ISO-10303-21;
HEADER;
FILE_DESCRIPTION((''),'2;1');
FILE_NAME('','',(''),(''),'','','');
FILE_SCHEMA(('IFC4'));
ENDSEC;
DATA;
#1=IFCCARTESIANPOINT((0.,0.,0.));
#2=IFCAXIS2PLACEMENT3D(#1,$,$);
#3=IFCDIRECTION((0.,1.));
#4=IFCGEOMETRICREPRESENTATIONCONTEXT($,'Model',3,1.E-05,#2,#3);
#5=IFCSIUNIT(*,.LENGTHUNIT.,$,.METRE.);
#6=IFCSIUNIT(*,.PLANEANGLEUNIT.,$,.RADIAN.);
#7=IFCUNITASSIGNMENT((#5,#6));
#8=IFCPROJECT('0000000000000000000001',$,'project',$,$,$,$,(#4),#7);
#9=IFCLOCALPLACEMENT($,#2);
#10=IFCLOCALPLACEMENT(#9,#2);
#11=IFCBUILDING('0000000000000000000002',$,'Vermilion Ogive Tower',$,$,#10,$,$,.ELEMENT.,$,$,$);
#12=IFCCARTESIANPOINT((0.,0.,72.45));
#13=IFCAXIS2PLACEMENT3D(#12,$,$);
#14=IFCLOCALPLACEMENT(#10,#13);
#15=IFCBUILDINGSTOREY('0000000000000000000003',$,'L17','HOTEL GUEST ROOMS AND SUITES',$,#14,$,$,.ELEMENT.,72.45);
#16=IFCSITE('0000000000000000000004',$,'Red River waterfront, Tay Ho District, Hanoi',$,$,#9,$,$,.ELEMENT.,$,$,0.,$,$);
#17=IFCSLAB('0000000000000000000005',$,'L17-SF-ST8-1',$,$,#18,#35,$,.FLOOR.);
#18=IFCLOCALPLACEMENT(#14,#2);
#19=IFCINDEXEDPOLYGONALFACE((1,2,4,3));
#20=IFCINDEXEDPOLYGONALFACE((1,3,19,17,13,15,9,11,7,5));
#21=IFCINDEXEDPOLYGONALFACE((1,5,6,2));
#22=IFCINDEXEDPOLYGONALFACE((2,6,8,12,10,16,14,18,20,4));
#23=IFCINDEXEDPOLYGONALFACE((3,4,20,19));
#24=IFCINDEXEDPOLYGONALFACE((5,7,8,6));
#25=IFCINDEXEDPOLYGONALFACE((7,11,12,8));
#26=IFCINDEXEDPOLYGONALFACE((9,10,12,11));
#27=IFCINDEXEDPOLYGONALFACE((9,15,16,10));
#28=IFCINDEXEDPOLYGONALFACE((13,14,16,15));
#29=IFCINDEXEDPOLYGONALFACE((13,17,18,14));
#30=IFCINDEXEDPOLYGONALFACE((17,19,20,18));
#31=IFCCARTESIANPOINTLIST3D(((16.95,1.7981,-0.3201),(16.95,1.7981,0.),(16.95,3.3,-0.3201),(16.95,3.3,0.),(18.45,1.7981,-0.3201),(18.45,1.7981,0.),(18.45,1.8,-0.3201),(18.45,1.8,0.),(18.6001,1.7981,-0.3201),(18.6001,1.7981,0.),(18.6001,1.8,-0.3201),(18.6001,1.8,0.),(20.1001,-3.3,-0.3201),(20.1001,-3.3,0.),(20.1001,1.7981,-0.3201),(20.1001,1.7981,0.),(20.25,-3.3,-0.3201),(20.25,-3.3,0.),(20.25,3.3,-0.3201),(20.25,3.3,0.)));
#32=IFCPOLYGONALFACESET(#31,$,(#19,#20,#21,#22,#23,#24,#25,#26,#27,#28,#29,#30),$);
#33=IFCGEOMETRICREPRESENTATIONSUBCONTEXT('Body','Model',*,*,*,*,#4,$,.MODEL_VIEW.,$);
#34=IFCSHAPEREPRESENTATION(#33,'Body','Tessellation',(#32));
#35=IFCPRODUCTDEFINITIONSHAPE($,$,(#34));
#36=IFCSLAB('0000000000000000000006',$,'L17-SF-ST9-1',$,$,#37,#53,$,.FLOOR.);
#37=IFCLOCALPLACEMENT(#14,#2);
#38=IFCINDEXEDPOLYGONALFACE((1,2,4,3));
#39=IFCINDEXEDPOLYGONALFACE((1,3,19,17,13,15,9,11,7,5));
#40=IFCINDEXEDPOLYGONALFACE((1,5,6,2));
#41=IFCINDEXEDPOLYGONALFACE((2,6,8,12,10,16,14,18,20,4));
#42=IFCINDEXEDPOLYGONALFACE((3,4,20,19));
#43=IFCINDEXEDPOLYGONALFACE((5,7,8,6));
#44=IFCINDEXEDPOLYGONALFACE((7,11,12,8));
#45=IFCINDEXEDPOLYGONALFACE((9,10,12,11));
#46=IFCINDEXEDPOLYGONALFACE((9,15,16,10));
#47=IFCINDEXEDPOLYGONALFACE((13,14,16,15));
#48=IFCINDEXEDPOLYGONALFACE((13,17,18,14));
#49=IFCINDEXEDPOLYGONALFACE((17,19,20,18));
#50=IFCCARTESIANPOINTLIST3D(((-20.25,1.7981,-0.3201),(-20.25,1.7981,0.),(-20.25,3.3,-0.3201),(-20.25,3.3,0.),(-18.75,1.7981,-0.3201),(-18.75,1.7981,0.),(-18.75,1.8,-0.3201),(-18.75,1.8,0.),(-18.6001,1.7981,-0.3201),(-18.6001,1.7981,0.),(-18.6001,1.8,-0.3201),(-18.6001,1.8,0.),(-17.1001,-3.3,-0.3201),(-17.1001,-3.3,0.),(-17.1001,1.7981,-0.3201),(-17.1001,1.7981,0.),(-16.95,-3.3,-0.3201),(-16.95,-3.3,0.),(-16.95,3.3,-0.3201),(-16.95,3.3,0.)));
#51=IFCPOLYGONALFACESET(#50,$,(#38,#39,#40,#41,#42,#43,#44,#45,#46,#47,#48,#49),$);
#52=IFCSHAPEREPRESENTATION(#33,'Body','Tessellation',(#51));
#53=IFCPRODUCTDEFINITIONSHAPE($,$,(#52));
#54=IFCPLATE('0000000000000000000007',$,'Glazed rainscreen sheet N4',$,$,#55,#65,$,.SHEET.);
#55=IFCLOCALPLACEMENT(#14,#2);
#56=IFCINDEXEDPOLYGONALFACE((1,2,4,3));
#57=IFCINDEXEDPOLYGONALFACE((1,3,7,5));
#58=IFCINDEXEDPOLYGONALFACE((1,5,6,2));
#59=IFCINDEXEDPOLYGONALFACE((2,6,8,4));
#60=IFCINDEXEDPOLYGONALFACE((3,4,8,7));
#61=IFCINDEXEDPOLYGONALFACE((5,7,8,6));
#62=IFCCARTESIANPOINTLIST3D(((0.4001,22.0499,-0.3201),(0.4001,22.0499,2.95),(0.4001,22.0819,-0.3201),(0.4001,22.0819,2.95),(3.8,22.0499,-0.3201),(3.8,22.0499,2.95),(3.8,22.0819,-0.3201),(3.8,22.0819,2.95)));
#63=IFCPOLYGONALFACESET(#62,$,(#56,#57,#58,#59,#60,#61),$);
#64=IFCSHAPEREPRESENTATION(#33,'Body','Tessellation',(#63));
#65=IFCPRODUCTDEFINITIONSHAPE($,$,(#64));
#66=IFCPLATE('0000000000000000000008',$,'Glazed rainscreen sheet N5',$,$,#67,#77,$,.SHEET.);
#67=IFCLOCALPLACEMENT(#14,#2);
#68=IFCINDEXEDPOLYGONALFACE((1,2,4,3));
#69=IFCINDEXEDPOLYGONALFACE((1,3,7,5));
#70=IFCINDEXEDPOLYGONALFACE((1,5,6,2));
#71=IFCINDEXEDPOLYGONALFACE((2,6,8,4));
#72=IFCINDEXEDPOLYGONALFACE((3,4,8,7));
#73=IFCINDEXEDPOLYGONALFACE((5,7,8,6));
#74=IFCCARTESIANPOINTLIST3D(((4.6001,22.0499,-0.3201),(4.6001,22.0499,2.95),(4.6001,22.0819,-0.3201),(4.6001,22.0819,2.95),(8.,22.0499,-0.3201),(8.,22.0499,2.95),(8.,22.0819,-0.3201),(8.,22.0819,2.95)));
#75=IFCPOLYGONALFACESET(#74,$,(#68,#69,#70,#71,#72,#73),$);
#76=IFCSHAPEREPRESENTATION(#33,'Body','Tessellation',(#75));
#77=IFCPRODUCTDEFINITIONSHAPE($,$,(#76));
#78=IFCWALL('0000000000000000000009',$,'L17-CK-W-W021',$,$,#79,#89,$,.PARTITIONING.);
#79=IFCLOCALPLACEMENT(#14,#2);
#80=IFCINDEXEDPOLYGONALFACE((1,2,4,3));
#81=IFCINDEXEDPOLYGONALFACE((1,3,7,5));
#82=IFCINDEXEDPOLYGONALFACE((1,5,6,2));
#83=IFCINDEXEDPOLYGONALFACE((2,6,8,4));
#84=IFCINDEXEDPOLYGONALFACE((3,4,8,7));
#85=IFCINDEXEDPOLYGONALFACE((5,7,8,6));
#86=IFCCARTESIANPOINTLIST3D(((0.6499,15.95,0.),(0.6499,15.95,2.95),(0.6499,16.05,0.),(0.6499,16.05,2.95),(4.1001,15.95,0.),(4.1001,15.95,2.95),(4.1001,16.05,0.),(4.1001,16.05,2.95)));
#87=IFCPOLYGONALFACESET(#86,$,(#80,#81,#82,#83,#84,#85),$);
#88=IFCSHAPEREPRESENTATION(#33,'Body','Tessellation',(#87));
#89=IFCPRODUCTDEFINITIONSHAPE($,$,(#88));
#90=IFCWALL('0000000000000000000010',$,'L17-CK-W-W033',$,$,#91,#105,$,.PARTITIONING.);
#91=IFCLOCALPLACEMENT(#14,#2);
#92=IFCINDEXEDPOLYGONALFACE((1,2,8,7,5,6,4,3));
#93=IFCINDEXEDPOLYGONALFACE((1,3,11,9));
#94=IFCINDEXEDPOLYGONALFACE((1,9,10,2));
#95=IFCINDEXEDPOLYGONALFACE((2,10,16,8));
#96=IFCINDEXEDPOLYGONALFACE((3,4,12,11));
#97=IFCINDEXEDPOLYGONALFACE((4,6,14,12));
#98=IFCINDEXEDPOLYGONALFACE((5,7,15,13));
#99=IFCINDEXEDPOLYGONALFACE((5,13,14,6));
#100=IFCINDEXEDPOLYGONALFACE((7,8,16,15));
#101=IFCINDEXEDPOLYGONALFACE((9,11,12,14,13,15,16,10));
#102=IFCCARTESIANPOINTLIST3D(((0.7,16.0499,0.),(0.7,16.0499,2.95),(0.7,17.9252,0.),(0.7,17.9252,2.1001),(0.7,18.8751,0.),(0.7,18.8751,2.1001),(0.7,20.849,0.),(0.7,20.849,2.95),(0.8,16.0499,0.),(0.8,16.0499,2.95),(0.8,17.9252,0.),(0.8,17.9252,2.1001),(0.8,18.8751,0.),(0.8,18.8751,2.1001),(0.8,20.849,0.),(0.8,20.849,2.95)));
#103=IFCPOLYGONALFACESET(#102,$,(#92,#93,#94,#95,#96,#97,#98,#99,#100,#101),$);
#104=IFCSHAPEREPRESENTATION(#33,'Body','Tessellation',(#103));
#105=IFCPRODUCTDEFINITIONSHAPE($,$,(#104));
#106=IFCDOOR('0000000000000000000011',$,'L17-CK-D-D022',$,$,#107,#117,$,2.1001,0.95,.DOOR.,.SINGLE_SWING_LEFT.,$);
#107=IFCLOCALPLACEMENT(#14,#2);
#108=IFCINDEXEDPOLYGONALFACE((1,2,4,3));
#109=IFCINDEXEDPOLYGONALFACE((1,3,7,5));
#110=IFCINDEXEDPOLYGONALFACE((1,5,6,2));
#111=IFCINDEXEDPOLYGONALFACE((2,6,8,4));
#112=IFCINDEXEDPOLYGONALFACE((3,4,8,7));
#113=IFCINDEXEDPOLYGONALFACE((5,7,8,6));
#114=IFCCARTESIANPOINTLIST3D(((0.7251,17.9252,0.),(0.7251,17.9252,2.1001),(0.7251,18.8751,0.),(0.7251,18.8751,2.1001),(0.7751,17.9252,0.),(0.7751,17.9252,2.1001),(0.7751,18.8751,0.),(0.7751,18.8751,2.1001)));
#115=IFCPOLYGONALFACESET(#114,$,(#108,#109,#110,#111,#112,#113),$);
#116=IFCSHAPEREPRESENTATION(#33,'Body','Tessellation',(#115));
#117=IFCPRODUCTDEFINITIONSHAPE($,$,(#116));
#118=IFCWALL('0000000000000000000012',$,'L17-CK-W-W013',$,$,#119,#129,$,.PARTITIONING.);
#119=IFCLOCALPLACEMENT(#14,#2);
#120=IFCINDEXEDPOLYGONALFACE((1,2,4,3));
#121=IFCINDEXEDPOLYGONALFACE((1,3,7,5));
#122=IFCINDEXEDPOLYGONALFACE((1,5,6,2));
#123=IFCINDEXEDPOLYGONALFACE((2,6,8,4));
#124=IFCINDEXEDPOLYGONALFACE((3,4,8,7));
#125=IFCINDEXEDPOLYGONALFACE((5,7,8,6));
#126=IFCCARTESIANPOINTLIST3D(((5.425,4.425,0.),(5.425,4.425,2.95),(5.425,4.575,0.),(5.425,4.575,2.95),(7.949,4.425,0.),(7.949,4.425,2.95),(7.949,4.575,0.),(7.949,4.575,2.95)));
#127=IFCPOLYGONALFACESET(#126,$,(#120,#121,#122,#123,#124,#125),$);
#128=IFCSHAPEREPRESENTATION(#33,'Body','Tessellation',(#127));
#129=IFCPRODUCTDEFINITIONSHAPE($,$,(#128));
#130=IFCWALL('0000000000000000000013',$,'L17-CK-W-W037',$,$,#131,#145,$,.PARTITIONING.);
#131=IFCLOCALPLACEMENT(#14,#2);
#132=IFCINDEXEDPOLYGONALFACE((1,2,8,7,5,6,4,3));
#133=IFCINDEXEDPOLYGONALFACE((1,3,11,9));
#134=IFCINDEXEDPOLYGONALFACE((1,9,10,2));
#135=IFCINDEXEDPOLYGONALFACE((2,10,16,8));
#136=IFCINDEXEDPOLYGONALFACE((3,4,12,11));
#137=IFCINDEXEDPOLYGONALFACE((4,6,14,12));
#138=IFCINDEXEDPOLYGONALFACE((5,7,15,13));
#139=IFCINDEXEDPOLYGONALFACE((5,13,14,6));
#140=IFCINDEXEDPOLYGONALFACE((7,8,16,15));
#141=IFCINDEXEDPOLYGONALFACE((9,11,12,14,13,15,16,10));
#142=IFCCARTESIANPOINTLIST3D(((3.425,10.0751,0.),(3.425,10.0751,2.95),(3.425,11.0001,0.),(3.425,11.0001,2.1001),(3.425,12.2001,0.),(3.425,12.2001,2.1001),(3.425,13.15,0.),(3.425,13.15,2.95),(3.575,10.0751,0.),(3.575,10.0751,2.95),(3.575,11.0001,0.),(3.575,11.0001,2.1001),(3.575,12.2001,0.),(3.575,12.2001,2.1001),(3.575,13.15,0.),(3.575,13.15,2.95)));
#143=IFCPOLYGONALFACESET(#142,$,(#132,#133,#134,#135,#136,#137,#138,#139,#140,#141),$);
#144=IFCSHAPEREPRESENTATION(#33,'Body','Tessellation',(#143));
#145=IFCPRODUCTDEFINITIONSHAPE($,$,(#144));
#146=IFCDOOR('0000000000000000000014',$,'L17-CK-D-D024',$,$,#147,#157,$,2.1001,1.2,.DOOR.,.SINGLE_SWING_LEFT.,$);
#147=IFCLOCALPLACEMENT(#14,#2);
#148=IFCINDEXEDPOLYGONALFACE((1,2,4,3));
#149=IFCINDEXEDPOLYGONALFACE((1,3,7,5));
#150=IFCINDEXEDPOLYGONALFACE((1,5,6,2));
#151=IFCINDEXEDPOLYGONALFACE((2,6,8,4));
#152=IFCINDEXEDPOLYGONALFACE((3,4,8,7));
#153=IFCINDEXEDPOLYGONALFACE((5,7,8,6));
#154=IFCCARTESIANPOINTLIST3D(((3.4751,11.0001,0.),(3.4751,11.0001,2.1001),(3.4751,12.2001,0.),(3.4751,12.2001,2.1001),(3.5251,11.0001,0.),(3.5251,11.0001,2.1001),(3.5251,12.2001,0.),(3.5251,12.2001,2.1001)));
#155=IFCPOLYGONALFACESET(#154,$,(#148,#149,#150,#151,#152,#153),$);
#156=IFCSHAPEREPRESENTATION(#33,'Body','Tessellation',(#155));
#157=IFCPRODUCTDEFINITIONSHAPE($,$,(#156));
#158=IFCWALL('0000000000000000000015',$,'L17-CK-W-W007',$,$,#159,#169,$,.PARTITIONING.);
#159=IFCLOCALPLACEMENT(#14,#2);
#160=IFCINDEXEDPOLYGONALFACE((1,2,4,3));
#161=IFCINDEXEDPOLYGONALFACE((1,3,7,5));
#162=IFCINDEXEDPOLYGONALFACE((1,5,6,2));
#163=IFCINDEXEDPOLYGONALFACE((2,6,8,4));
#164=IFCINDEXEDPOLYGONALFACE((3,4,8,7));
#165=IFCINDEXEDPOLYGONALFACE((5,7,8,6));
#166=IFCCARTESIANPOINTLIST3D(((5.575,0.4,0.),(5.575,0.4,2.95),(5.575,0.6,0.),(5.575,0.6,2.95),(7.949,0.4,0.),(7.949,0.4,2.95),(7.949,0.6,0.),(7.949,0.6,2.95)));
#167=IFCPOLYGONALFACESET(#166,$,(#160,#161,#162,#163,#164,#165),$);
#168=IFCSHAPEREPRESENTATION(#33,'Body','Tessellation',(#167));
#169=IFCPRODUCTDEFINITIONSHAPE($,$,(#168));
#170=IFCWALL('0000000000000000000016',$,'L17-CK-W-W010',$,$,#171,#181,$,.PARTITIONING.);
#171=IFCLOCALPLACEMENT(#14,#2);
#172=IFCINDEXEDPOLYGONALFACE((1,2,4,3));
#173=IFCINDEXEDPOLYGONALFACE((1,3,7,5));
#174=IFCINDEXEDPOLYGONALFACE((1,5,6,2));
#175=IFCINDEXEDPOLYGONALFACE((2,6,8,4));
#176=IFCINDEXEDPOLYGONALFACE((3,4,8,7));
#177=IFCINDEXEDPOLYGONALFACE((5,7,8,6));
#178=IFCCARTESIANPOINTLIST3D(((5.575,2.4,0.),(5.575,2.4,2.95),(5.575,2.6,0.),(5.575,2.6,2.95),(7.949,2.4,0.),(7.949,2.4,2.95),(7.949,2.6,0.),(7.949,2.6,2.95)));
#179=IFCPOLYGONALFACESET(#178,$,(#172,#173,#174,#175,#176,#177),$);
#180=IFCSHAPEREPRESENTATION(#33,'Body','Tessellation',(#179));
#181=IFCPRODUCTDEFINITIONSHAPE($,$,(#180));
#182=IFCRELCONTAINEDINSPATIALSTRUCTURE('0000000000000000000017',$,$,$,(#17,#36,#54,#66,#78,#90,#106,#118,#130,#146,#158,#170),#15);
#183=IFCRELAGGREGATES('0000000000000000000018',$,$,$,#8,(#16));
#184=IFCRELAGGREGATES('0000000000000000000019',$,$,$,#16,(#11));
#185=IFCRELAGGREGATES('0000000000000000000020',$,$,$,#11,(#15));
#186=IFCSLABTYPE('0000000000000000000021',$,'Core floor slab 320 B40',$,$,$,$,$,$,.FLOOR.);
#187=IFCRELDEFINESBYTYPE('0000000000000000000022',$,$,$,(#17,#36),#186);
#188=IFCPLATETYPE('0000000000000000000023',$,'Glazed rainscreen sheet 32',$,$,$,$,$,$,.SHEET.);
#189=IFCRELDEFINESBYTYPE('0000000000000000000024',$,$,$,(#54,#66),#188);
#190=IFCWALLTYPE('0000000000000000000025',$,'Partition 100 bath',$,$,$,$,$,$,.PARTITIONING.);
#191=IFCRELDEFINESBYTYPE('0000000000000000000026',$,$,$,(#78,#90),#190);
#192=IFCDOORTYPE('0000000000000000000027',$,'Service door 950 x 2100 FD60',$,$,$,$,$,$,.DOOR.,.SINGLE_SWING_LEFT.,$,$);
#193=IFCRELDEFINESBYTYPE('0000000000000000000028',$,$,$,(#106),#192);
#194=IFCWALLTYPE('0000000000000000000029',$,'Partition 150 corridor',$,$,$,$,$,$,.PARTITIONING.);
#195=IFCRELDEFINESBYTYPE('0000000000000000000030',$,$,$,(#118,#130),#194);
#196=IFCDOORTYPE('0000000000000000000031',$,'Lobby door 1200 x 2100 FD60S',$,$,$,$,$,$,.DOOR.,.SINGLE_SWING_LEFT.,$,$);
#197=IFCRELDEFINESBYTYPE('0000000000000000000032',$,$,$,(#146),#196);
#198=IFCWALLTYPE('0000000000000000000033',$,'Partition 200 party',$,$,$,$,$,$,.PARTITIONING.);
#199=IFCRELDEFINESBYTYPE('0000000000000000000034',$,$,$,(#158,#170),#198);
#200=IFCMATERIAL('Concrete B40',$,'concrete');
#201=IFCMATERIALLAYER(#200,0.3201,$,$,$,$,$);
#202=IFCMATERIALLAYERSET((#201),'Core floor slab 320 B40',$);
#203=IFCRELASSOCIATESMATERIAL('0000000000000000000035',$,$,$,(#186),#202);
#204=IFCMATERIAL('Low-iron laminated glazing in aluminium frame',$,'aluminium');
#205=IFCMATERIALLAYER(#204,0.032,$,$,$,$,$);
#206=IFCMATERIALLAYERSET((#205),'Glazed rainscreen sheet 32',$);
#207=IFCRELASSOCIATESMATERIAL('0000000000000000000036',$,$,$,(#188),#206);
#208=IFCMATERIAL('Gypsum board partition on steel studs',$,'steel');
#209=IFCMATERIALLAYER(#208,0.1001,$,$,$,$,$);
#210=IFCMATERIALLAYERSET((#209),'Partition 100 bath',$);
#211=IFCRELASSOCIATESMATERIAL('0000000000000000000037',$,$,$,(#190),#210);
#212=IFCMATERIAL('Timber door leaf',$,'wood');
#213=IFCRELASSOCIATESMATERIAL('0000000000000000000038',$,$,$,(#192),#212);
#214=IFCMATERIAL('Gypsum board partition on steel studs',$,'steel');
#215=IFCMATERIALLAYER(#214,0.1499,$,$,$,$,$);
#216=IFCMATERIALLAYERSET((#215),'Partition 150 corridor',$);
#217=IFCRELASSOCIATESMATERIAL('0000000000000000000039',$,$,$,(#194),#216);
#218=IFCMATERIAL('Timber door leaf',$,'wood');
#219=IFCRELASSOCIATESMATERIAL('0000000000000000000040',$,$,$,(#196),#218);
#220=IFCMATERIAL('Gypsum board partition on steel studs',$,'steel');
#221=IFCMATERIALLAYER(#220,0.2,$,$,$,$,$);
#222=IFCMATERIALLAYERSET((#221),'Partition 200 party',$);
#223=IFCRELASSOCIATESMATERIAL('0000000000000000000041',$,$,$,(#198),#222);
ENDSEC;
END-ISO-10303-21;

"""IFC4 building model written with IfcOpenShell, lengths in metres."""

from ifc_helpers import new_model, si_unit, direction, frame, frame_2d, origin, origin_2d, place, context, subcontext, project, spatial, polyline, rectangle, outline, extrude, material, layer, layer_set, type_object, element, fill, save


model = new_model("IFC4")

# Units and contexts
model_context = context("Model", 3, precision=1e-05, world=origin(), true_north=direction((0.0, 1.0)))
body_context = subcontext(model_context, "Body", "Model", "MODEL_VIEW")
ifc_project = project(units=[si_unit("LENGTHUNIT", "METRE"), si_unit("PLANEANGLEUNIT", "RADIAN")], contexts=[model_context])

# Site, building, storey
site_placement = place(None, origin())
site = spatial("IfcSite", under=ifc_project, at=site_placement, Name="Red River waterfront, Tay Ho District, Hanoi", CompositionType="ELEMENT", RefElevation=0.0)
building_placement = place(site_placement, origin())
building = spatial("IfcBuilding", under=site, at=building_placement, Name="Vermilion Ogive Tower", CompositionType="ELEMENT")
storey_placement = place(building_placement, frame((0.0, 0.0, 72.45)))
storey = spatial("IfcBuildingStorey", under=building, at=storey_placement, Name="L17", Description="HOTEL GUEST ROOMS AND SUITES", CompositionType="ELEMENT", Elevation=72.45)

# Slabs
ifc_material_1 = material(Name="Concrete B40", Category="concrete")
ifc_layer_1 = layer(ifc_material_1, 0.3201)
ifc_layer_set_1 = layer_set([ifc_layer_1], Name="Core floor slab 320 B40")
slab_type = type_object("IfcSlabType", Name="Core floor slab 320 B40", PredefinedType="FLOOR", material=ifc_layer_set_1)
slab_1_placement = place(storey_placement, frame((0.0, 0.0, -0.3201)))
element("IfcSlab", 1, at=slab_1_placement, inside=storey, type_object=slab_type, Name="L17-SF-ST8-1", PredefinedType="FLOOR", context=body_context, shape_type="SweptSolid", body=[
    extrude(outline(polyline([(16.95, 3.3), (16.95, 1.7981), (18.45, 1.7981), (18.45, 1.8), (18.6001, 1.8), (18.6001, 1.7981), (20.1001, 1.7981), (20.1001, -3.3), (20.25, -3.3), (20.25, 3.3), (16.95, 3.3)])), origin(), (0.0, 0.0, 1.0), 0.3201),
])
slab_2_placement = place(storey_placement, frame((0.0, 0.0, -0.3201)))
element("IfcSlab", 2, at=slab_2_placement, inside=storey, type_object=slab_type, Name="L17-SF-ST9-1", PredefinedType="FLOOR", context=body_context, shape_type="SweptSolid", body=[
    extrude(outline(polyline([(-20.25, 3.3), (-20.25, 1.7981), (-18.75, 1.7981), (-18.75, 1.8), (-18.6001, 1.8), (-18.6001, 1.7981), (-17.1001, 1.7981), (-17.1001, -3.3), (-16.95, -3.3), (-16.95, 3.3), (-20.25, 3.3)])), origin(), (0.0, 0.0, 1.0), 0.3201),
])

# Plates
ifc_material_2 = material(Name="Low-iron laminated glazing in aluminium frame", Category="aluminium")
ifc_layer_2 = layer(ifc_material_2, 0.032)
ifc_layer_set_2 = layer_set([ifc_layer_2], Name="Glazed rainscreen sheet 32")
plate_type = type_object("IfcPlateType", Name="Glazed rainscreen sheet 32", PredefinedType="SHEET", material=ifc_layer_set_2)
for number, where, z_axis, x_axis, name in (
    (3, (2.1001, 22.0659, -0.3201), (0.0, 0.0, 1.0), (1.0, 0.0, 0.0), "Glazed rainscreen sheet N4"),
    (4, (6.3, 22.0659, -0.3201), (0.0, 0.0, 1.0), (1.0, 0.0, 0.0), "Glazed rainscreen sheet N5"),
):
    element("IfcPlate", number, at=place(storey_placement, frame(where, z_axis=z_axis, x_axis=x_axis)), inside=storey, type_object=plate_type, Name=name, PredefinedType="SHEET", context=body_context, shape_type="SweptSolid", body=[
        extrude(rectangle(XDim=3.3999, YDim=0.032, at=origin_2d()), origin(), (0.0, 0.0, 1.0), 3.27),
    ])

# Wall
ifc_material_3 = material(Name="Gypsum board partition on steel studs", Category="steel")
ifc_layer_3 = layer(ifc_material_3, 0.1001)
ifc_layer_set_3 = layer_set([ifc_layer_3], Name="Partition 100 bath")
wall_type_1 = type_object("IfcWallType", Name="Partition 100 bath", PredefinedType="PARTITIONING", material=ifc_layer_set_3)
wall_1_placement = place(storey_placement, frame((0.6499, 16.0, 0.0), z_axis=(0.0, 0.0, 1.0), x_axis=(1.0, 0.0, 0.0)))
element("IfcWall", 5, at=wall_1_placement, inside=storey, type_object=wall_type_1, Name="L17-CK-W-W021", PredefinedType="PARTITIONING", context=body_context, shape_type="SweptSolid", body=[
    extrude(rectangle(XDim=3.4502, YDim=0.1001, at=frame_2d((1.7251, 0.0))), origin(), (0.0, 0.0, 1.0), 2.95),
])

# Wall, opening, door
wall_2_placement = place(storey_placement, frame((0.75, 16.05, 0.0), z_axis=(0.0, 0.0, 1.0), x_axis=(0.0, 1.0, 0.0)))
wall_2 = element("IfcWall", 6, at=wall_2_placement, inside=storey, type_object=wall_type_1, Name="L17-CK-W-W033", PredefinedType="PARTITIONING", context=body_context, shape_type="SweptSolid", body=[
    extrude(rectangle(XDim=4.7991, YDim=0.1001, at=frame_2d((2.3994, 0.0))), origin(), (0.0, 0.0, 1.0), 2.95),
])
opening_1_placement = place(wall_2_placement, frame((1.875, 0.0, 0.0)))
opening_1 = element("IfcOpeningElement", 7, at=opening_1_placement, cuts=wall_2, PredefinedType="OPENING", context=body_context, shape_type="SweptSolid", body=[
    extrude(rectangle(XDim=0.95, YDim=2.1001, at=frame_2d((0.4751, 1.05))), frame((0.0, 0.0601, 0.0), z_axis=(0.0, -1.0, 0.0), x_axis=(1.0, 0.0, 0.0)), (0.0, 0.0, 1.0), 0.1201),
])
ifc_material_4 = material(Name="Timber door leaf", Category="wood")
door_type_1 = type_object("IfcDoorType", Name="Service door 950 x 2100 FD60", OperationType="SINGLE_SWING_LEFT", PredefinedType="DOOR", material=ifc_material_4)
door_1_placement = place(opening_1_placement, origin())
door_1 = element("IfcDoor", 8, at=door_1_placement, inside=storey, type_object=door_type_1, Name="L17-CK-D-D022", OperationType="SINGLE_SWING_LEFT", OverallHeight=2.1001, OverallWidth=0.95, PredefinedType="DOOR", context=body_context, shape_type="SweptSolid", body=[
    extrude(rectangle(XDim=0.95, YDim=2.1001, at=frame_2d((0.4751, 1.05))), frame((0.0, 0.0249, 0.0), z_axis=(0.0, -1.0, 0.0), x_axis=(1.0, 0.0, 0.0)), (0.0, 0.0, 1.0), 0.05),
])
fill(opening_1, door_1)

# Wall
ifc_material_5 = material(Name="Gypsum board partition on steel studs", Category="steel")
ifc_layer_4 = layer(ifc_material_5, 0.1499)
ifc_layer_set_4 = layer_set([ifc_layer_4], Name="Partition 150 corridor")
wall_type_2 = type_object("IfcWallType", Name="Partition 150 corridor", PredefinedType="PARTITIONING", material=ifc_layer_set_4)
wall_3_placement = place(storey_placement, frame((5.425, 4.5, 0.0), z_axis=(0.0, 0.0, 1.0), x_axis=(1.0, 0.0, 0.0)))
element("IfcWall", 9, at=wall_3_placement, inside=storey, type_object=wall_type_2, Name="L17-CK-W-W013", PredefinedType="PARTITIONING", context=body_context, shape_type="SweptSolid", body=[
    extrude(rectangle(XDim=2.5239, YDim=0.1499, at=frame_2d((1.262, 0.0))), origin(), (0.0, 0.0, 1.0), 2.95),
])

# Wall, opening, door
wall_4_placement = place(storey_placement, frame((3.5, 10.075, 0.0), z_axis=(0.0, 0.0, 1.0), x_axis=(0.0, 1.0, 0.0)))
wall_4 = element("IfcWall", 10, at=wall_4_placement, inside=storey, type_object=wall_type_2, Name="L17-CK-W-W037", PredefinedType="PARTITIONING", context=body_context, shape_type="SweptSolid", body=[
    extrude(rectangle(XDim=3.075, YDim=0.1499, at=frame_2d((1.5376, 0.0))), origin(), (0.0, 0.0, 1.0), 2.95),
])
opening_2_placement = place(wall_4_placement, frame((0.925, 0.0, 0.0)))
opening_2 = element("IfcOpeningElement", 11, at=opening_2_placement, cuts=wall_4, PredefinedType="OPENING", context=body_context, shape_type="SweptSolid", body=[
    extrude(rectangle(XDim=1.2, YDim=2.1001, at=frame_2d((0.6001, 1.05))), frame((0.0, 0.085, 0.0), z_axis=(0.0, -1.0, 0.0), x_axis=(1.0, 0.0, 0.0)), (0.0, 0.0, 1.0), 0.1699),
])
ifc_material_6 = material(Name="Timber door leaf", Category="wood")
door_type_2 = type_object("IfcDoorType", Name="Lobby door 1200 x 2100 FD60S", OperationType="SINGLE_SWING_LEFT", PredefinedType="DOOR", material=ifc_material_6)
door_2_placement = place(opening_2_placement, origin())
door_2 = element("IfcDoor", 12, at=door_2_placement, inside=storey, type_object=door_type_2, Name="L17-CK-D-D024", OperationType="SINGLE_SWING_LEFT", OverallHeight=2.1001, OverallWidth=1.2, PredefinedType="DOOR", context=body_context, shape_type="SweptSolid", body=[
    extrude(rectangle(XDim=1.2, YDim=2.1001, at=frame_2d((0.6001, 1.05))), frame((0.0, 0.0249, 0.0), z_axis=(0.0, -1.0, 0.0), x_axis=(1.0, 0.0, 0.0)), (0.0, 0.0, 1.0), 0.05),
])
fill(opening_2, door_2)

# Walls
ifc_material_7 = material(Name="Gypsum board partition on steel studs", Category="steel")
ifc_layer_5 = layer(ifc_material_7, 0.2)
ifc_layer_set_5 = layer_set([ifc_layer_5], Name="Partition 200 party")
wall_type_3 = type_object("IfcWallType", Name="Partition 200 party", PredefinedType="PARTITIONING", material=ifc_layer_set_5)
for number, where, z_axis, x_axis, name in (
    (13, (5.575, 0.5, 0.0), (0.0, 0.0, 1.0), (1.0, 0.0, 0.0), "L17-CK-W-W007"),
    (14, (5.575, 2.5, 0.0), (0.0, 0.0, 1.0), (1.0, 0.0, 0.0), "L17-CK-W-W010"),
):
    element("IfcWall", number, at=place(storey_placement, frame(where, z_axis=z_axis, x_axis=x_axis)), inside=storey, type_object=wall_type_3, Name=name, PredefinedType="PARTITIONING", context=body_context, shape_type="SweptSolid", body=[
        extrude(rectangle(XDim=2.374, YDim=0.2, at=frame_2d((1.187, 0.0))), origin(), (0.0, 0.0, 1.0), 2.95),
    ])

save(model, "model.ifc")
